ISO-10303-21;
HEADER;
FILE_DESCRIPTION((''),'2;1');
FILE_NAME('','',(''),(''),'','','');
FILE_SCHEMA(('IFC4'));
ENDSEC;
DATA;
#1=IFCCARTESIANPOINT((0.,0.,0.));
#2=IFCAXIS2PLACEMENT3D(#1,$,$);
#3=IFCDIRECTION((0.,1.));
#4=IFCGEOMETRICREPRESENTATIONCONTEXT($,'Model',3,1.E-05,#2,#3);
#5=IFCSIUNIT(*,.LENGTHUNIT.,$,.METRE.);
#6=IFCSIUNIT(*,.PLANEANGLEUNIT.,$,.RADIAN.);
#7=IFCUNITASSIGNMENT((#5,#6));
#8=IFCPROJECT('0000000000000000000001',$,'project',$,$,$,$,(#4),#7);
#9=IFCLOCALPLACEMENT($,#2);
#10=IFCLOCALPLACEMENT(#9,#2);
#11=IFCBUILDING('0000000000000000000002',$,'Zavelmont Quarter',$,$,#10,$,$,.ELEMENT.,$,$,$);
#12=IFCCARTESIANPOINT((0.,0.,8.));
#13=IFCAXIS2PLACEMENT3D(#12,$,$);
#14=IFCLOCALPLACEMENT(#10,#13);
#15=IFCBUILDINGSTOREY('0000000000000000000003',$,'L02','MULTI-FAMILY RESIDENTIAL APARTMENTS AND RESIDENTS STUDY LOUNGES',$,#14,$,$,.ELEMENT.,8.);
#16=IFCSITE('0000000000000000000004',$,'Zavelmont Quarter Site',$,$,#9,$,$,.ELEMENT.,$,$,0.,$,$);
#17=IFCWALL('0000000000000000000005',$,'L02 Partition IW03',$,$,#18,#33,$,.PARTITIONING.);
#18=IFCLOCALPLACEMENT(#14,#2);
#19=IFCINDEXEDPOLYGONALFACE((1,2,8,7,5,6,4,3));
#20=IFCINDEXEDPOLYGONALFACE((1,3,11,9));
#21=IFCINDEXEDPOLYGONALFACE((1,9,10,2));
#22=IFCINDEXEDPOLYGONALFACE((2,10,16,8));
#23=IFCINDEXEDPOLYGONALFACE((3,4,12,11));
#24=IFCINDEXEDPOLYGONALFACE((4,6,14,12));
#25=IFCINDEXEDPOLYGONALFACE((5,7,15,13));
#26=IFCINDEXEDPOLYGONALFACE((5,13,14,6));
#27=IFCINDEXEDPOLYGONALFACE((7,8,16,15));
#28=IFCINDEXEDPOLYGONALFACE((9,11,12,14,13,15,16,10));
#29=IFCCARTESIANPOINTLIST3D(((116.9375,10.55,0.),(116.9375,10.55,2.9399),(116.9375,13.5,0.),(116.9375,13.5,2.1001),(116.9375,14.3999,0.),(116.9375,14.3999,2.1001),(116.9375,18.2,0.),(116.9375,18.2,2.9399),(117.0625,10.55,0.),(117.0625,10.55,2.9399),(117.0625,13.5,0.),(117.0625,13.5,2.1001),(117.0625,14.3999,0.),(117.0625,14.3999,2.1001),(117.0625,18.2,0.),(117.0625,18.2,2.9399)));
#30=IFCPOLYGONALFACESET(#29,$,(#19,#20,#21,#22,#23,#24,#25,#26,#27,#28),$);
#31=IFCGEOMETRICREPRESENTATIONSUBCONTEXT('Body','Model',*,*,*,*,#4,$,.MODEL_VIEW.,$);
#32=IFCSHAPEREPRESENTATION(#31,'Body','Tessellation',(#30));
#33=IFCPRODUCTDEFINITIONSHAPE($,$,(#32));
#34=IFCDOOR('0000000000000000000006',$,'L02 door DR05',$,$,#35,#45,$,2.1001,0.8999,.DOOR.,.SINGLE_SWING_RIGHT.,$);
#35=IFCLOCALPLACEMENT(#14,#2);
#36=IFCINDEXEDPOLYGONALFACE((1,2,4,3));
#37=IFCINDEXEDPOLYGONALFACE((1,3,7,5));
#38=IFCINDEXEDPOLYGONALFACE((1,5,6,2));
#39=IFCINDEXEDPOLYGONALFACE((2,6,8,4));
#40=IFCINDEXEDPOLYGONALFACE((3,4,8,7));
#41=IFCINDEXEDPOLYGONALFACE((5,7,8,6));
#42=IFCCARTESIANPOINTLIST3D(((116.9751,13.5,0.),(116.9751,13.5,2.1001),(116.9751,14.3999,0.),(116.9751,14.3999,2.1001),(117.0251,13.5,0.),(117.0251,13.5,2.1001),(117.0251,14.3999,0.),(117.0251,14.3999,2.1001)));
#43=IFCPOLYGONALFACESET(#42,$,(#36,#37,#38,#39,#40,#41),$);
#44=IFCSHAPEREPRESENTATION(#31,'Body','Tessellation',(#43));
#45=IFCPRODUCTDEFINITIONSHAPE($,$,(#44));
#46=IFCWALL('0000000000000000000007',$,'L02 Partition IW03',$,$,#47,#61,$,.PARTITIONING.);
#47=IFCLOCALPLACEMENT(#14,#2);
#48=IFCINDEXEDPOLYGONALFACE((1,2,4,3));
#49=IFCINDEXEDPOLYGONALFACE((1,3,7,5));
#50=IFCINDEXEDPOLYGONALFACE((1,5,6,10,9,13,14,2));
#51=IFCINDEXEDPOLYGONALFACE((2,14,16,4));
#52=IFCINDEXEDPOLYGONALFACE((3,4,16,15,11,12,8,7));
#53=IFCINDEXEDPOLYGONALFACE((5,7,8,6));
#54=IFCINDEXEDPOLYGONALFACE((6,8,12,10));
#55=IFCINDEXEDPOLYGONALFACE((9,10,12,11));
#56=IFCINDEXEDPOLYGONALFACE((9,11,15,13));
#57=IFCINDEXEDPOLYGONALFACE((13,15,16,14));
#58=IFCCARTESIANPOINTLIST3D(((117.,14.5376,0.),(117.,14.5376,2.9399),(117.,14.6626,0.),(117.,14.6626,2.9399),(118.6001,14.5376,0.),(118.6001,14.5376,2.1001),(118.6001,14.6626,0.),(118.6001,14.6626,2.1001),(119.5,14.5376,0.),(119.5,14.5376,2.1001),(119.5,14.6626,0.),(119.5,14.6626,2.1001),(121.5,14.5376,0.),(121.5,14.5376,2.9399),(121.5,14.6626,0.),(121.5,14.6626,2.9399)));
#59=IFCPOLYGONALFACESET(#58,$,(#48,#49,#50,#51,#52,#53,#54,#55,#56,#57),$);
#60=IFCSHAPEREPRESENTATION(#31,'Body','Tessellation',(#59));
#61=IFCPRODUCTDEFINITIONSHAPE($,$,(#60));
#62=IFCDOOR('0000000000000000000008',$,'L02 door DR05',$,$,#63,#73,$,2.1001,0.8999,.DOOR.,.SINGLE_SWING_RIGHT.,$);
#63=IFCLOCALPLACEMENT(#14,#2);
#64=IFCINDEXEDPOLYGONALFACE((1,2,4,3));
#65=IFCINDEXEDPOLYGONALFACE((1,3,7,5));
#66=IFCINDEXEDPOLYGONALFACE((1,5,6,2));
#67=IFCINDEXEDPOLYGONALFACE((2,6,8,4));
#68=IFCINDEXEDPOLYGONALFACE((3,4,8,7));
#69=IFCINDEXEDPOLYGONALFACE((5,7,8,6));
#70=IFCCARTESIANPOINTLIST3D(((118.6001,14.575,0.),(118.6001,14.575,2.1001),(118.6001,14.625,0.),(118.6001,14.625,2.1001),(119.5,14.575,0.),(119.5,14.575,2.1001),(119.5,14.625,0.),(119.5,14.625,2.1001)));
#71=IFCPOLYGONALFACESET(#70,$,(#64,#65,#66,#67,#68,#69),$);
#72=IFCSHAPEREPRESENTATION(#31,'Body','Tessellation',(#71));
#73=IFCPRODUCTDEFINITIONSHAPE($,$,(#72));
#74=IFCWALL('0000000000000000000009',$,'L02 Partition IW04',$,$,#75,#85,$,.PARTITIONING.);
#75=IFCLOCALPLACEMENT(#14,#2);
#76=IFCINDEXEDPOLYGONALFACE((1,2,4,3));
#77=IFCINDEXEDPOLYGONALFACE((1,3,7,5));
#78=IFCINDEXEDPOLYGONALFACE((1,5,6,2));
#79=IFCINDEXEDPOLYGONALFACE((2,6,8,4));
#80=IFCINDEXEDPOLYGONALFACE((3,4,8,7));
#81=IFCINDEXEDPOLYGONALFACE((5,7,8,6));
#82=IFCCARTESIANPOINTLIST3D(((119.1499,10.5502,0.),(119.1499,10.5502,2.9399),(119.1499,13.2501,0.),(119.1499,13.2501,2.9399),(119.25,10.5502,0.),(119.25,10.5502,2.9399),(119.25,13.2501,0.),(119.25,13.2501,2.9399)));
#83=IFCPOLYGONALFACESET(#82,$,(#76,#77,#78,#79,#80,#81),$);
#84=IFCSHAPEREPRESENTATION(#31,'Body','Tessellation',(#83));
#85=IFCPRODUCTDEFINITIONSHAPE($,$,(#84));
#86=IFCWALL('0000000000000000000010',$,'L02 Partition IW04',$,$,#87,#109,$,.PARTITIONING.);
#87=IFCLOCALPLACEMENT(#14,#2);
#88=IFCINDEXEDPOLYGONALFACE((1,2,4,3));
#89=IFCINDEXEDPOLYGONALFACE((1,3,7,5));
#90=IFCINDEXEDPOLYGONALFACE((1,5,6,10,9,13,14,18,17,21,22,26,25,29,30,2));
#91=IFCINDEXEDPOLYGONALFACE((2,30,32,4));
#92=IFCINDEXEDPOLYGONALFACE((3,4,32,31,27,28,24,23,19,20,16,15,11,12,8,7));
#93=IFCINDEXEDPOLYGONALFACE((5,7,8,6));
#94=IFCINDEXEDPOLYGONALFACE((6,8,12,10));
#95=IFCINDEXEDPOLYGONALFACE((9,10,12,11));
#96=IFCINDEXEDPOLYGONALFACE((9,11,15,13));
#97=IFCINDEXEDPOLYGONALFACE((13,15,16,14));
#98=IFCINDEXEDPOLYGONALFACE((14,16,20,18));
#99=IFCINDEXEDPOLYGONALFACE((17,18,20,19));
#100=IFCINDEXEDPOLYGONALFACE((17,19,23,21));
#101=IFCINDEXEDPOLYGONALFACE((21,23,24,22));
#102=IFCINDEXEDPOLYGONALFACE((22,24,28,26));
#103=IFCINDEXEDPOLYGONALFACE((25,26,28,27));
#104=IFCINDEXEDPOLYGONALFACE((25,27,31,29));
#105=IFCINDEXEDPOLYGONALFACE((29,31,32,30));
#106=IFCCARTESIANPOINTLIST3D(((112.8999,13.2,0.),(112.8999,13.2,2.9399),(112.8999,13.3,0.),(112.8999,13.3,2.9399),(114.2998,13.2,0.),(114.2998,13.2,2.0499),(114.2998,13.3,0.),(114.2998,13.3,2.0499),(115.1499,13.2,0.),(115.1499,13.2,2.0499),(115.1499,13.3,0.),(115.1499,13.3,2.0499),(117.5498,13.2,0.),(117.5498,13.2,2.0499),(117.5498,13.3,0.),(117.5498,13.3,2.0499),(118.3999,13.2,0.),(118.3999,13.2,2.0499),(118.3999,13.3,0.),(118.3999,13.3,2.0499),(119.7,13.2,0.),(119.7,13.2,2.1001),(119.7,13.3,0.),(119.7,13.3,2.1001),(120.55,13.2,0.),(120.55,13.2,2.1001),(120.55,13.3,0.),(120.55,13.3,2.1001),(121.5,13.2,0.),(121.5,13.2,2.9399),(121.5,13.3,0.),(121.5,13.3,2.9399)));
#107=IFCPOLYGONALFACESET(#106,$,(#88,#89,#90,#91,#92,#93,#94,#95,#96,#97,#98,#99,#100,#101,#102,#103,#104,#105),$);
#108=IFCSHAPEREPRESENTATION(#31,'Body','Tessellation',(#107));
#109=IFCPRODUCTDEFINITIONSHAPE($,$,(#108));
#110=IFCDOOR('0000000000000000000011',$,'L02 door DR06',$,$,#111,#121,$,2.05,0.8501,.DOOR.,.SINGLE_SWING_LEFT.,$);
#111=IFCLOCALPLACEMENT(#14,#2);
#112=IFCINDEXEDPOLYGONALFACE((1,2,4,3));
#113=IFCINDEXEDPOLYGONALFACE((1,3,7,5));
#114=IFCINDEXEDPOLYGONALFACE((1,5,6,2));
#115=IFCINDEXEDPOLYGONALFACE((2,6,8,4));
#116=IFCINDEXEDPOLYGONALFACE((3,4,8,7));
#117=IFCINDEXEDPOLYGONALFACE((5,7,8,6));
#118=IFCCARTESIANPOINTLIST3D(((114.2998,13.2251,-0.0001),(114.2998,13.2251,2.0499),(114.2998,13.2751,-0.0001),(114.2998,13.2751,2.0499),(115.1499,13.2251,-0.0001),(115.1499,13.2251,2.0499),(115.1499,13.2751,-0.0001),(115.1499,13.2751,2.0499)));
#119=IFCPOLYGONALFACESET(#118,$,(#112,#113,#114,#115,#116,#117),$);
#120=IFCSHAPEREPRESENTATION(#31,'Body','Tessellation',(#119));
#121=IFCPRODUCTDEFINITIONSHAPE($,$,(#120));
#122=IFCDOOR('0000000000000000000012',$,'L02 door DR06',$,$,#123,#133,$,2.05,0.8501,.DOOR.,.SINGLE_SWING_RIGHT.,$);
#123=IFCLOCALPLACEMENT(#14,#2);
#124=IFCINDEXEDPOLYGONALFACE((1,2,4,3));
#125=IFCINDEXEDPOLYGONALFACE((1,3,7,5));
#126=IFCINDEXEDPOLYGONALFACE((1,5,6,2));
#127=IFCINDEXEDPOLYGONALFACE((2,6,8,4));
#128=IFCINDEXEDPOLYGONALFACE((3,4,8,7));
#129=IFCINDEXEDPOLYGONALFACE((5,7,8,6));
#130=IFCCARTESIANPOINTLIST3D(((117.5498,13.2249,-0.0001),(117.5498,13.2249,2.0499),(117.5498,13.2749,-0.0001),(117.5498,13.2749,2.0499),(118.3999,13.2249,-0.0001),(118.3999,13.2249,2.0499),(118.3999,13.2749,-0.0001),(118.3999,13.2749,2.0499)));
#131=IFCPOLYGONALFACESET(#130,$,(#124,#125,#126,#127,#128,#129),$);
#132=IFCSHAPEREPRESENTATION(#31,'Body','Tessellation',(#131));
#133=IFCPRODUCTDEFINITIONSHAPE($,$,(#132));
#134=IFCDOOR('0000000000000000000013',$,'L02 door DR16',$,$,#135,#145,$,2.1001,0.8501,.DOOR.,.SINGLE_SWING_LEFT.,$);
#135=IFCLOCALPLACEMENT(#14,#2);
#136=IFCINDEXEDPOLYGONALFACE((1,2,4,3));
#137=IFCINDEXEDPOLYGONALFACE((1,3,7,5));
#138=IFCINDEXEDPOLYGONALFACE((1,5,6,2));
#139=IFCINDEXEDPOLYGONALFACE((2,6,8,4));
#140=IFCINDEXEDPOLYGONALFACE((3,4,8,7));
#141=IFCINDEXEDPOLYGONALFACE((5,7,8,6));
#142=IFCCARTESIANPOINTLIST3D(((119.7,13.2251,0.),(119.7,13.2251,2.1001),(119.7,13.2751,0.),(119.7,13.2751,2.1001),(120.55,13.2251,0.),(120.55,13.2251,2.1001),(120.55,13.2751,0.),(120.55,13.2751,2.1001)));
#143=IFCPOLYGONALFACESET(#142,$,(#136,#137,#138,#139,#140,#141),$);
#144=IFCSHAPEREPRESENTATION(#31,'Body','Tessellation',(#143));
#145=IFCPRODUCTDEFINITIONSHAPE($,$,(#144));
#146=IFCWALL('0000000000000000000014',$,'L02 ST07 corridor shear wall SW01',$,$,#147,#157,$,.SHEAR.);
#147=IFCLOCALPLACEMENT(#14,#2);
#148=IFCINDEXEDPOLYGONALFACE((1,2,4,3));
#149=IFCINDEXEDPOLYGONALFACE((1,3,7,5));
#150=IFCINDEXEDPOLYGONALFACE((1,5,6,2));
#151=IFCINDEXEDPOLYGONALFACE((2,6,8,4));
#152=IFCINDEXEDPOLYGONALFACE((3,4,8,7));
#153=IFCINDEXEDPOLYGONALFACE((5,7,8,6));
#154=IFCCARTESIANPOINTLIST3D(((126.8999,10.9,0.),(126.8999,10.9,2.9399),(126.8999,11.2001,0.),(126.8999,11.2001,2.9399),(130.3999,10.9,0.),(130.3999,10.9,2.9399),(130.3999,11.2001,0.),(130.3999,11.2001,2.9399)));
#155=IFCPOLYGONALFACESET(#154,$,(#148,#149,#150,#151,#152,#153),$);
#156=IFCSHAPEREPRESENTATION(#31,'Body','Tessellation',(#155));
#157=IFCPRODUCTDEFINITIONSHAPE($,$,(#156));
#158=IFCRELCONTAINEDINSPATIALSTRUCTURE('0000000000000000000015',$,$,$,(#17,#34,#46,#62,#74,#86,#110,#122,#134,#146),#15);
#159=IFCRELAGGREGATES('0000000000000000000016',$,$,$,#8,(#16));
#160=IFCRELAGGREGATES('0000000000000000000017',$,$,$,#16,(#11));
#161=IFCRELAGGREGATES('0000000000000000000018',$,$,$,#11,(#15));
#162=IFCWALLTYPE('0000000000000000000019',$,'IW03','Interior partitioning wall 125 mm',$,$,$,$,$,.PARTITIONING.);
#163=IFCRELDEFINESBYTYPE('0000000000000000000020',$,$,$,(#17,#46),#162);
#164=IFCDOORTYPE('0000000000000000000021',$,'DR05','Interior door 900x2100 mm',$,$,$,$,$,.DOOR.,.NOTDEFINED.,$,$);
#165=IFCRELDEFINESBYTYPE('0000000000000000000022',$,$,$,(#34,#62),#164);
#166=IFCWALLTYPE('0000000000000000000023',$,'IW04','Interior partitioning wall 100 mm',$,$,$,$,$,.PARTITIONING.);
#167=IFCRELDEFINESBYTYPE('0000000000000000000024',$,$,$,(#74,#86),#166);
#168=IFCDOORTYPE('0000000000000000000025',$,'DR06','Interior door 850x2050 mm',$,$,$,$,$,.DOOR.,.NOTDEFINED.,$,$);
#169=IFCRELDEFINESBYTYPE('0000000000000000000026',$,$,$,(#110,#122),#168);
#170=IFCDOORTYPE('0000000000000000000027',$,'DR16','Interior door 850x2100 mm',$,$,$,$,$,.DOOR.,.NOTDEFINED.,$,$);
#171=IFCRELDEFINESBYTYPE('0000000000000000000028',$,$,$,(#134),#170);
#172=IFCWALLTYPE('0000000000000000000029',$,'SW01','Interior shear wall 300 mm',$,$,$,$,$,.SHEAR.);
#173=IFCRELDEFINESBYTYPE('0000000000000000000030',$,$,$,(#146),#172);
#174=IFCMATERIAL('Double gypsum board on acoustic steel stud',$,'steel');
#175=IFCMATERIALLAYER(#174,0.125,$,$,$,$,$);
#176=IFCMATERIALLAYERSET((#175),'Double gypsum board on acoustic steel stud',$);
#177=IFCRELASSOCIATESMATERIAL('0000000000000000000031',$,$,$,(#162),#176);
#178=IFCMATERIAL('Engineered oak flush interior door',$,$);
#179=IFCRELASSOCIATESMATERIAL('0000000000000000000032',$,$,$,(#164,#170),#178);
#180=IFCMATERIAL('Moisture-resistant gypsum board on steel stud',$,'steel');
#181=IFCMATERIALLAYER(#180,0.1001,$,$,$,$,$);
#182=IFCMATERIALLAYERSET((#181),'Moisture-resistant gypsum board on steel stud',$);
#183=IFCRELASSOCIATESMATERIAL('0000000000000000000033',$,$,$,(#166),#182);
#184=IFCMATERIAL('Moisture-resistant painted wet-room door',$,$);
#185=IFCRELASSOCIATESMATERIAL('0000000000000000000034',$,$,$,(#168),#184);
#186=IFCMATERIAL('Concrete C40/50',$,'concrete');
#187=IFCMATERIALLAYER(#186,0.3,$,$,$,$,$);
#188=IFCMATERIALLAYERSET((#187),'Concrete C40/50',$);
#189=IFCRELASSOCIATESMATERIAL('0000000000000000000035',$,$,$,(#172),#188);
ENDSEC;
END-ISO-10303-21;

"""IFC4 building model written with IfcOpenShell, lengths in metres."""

from ifc_helpers import new_model, si_unit, direction, frame, frame_2d, origin, origin_with_axes, place, context, subcontext, project, spatial, rectangle, extrude, material, layer, layer_set, type_object, element, fill, save


model = new_model("IFC4")

# Units and contexts
model_context = context("Model", 3, precision=1e-05, world=origin(), true_north=direction((0.0, 1.0)))
body_context = subcontext(model_context, "Body", "Model", "MODEL_VIEW")
ifc_project = project(units=[si_unit("LENGTHUNIT", "METRE"), si_unit("PLANEANGLEUNIT", "RADIAN")], contexts=[model_context])

# Site, building, storey
site_placement = place(None, origin())
site = spatial("IfcSite", under=ifc_project, at=site_placement, Name="Zavelmont Quarter Site", CompositionType="ELEMENT", RefElevation=0.0)
building_placement = place(site_placement, origin())
building = spatial("IfcBuilding", under=site, at=building_placement, Name="Zavelmont Quarter", CompositionType="ELEMENT")
storey_placement = place(building_placement, frame((0.0, 0.0, 8.0)))
storey = spatial("IfcBuildingStorey", under=building, at=storey_placement, Name="L02", Description="MULTI-FAMILY RESIDENTIAL APARTMENTS AND RESIDENTS STUDY LOUNGES", CompositionType="ELEMENT", Elevation=8.0)

# Shared definitions
ifc_material_1 = material(Name="Concrete C40/50", Category="concrete")

# Walls, openings, doors
ifc_material_2 = material(Name="Double gypsum board on acoustic steel stud", Category="steel")
ifc_layer_1 = layer(ifc_material_2, 0.125)
ifc_layer_set_1 = layer_set([ifc_layer_1], Name="Double gypsum board on acoustic steel stud")
wall_type_1 = type_object("IfcWallType", Name="IW03", Description="Interior partitioning wall 125 mm", PredefinedType="PARTITIONING", material=ifc_layer_set_1)
ifc_material_3 = material(Name="Engineered oak flush interior door")
door_type_1 = type_object("IfcDoorType", Name="DR05", Description="Interior door 900x2100 mm", OperationType="NOTDEFINED", PredefinedType="DOOR", material=ifc_material_3)
wall_1_placement = place(storey_placement, frame((117.0, 10.55, 0.0), z_axis=(0.0, 0.0, 1.0), x_axis=(0.0, 1.0, 0.0)))
wall_1 = element("IfcWall", 1, at=wall_1_placement, inside=storey, type_object=wall_type_1, Name="L02 Partition IW03", PredefinedType="PARTITIONING", context=body_context, shape_type="SweptSolid", body=[
    extrude(rectangle(XDim=7.6499, YDim=0.125, at=frame_2d((3.825, 0.0))), origin(), (0.0, 0.0, 1.0), 2.9399),
])
opening_1_placement = place(wall_1_placement, frame((2.95, 0.0, 0.0)))
opening_1 = element("IfcOpeningElement", 2, at=opening_1_placement, cuts=wall_1, PredefinedType="OPENING", context=body_context, shape_type="SweptSolid", body=[
    extrude(rectangle(XDim=0.8999, YDim=2.1001, at=frame_2d((0.45, 1.05))), frame((0.0, 0.0745, 0.0), z_axis=(0.0, -1.0, 0.0), x_axis=(1.0, 0.0, 0.0)), (0.0, 0.0, 1.0), 0.1489),
])
door_1_placement = place(opening_1_placement, origin_with_axes())
door_1 = element("IfcDoor", 3, at=door_1_placement, inside=storey, type_object=door_type_1, Name="L02 door DR05", OperationType="SINGLE_SWING_RIGHT", OverallHeight=2.1001, OverallWidth=0.8999, PredefinedType="DOOR", context=body_context, shape_type="SweptSolid", body=[
    extrude(rectangle(XDim=0.8999, YDim=2.1001, at=frame_2d((0.45, 1.05))), frame((0.0, 0.0249, 0.0), z_axis=(0.0, -1.0, 0.0), x_axis=(1.0, 0.0, 0.0)), (0.0, 0.0, 1.0), 0.05),
])
fill(opening_1, door_1)
wall_2_placement = place(storey_placement, frame((117.0, 14.6001, 0.0), z_axis=(0.0, 0.0, 1.0), x_axis=(1.0, 0.0, 0.0)))
wall_2 = element("IfcWall", 4, at=wall_2_placement, inside=storey, type_object=wall_type_1, Name="L02 Partition IW03", PredefinedType="PARTITIONING", context=body_context, shape_type="SweptSolid", body=[
    extrude(rectangle(XDim=4.5, YDim=0.125, at=frame_2d((2.25, 0.0))), origin(), (0.0, 0.0, 1.0), 2.9399),
])
opening_2_placement = place(wall_2_placement, frame((1.6001, 0.0, 0.0)))
opening_2 = element("IfcOpeningElement", 5, at=opening_2_placement, cuts=wall_2, PredefinedType="OPENING", context=body_context, shape_type="SweptSolid", body=[
    extrude(rectangle(XDim=0.8999, YDim=2.1001, at=frame_2d((0.45, 1.05))), frame((0.0, 0.0745, 0.0), z_axis=(0.0, -1.0, 0.0), x_axis=(1.0, 0.0, 0.0)), (0.0, 0.0, 1.0), 0.1489),
])
door_2_placement = place(opening_2_placement, origin_with_axes())
door_2 = element("IfcDoor", 6, at=door_2_placement, inside=storey, type_object=door_type_1, Name="L02 door DR05", OperationType="SINGLE_SWING_RIGHT", OverallHeight=2.1001, OverallWidth=0.8999, PredefinedType="DOOR", context=body_context, shape_type="SweptSolid", body=[
    extrude(rectangle(XDim=0.8999, YDim=2.1001, at=frame_2d((0.45, 1.05))), frame((0.0, 0.0249, 0.0), z_axis=(0.0, -1.0, 0.0), x_axis=(1.0, 0.0, 0.0)), (0.0, 0.0, 1.0), 0.05),
])
fill(opening_2, door_2)

# Wall
ifc_material_4 = material(Name="Moisture-resistant gypsum board on steel stud", Category="steel")
ifc_layer_2 = layer(ifc_material_4, 0.1001)
ifc_layer_set_2 = layer_set([ifc_layer_2], Name="Moisture-resistant gypsum board on steel stud")
wall_type_2 = type_object("IfcWallType", Name="IW04", Description="Interior partitioning wall 100 mm", PredefinedType="PARTITIONING", material=ifc_layer_set_2)
wall_3_placement = place(storey_placement, frame((119.2, 10.55, 0.0), z_axis=(0.0, 0.0, 1.0), x_axis=(0.0, 1.0, 0.0)))
element("IfcWall", 7, at=wall_3_placement, inside=storey, type_object=wall_type_2, Name="L02 Partition IW04", PredefinedType="PARTITIONING", context=body_context, shape_type="SweptSolid", body=[
    extrude(rectangle(XDim=2.7, YDim=0.1001, at=frame_2d((1.3501, 0.0))), origin(), (0.0, 0.0, 1.0), 2.9399),
])

# Wall, openings, doors
wall_4_placement = place(storey_placement, frame((112.8999, 13.25, 0.0), z_axis=(0.0, 0.0, 1.0), x_axis=(1.0, 0.0, 0.0)))
wall_4 = element("IfcWall", 8, at=wall_4_placement, inside=storey, type_object=wall_type_2, Name="L02 Partition IW04", PredefinedType="PARTITIONING", context=body_context, shape_type="SweptSolid", body=[
    extrude(rectangle(XDim=8.6001, YDim=0.1001, at=frame_2d((4.3, 0.0))), origin(), (0.0, 0.0, 1.0), 2.9399),
])
opening_3_placement = place(wall_4_placement, frame((1.3999, 0.0, 0.0)))
opening_3 = element("IfcOpeningElement", 9, at=opening_3_placement, cuts=wall_4, PredefinedType="OPENING", context=body_context, shape_type="SweptSolid", body=[
    extrude(rectangle(XDim=0.8501, YDim=2.05, at=frame_2d((0.425, 1.0249))), frame((0.0, 0.062, 0.0), z_axis=(0.0, -1.0, 0.0), x_axis=(1.0, 0.0, 0.0)), (0.0, 0.0, 1.0), 0.124),
])
opening_4_placement = place(wall_4_placement, frame((4.6499, 0.0, 0.0)))
opening_4 = element("IfcOpeningElement", 10, at=opening_4_placement, cuts=wall_4, PredefinedType="OPENING", context=body_context, shape_type="SweptSolid", body=[
    extrude(rectangle(XDim=0.8501, YDim=2.05, at=frame_2d((0.425, 1.0249))), frame((0.0, 0.062, 0.0), z_axis=(0.0, -1.0, 0.0), x_axis=(1.0, 0.0, 0.0)), (0.0, 0.0, 1.0), 0.124),
])
opening_5_placement = place(wall_4_placement, frame((6.8, 0.0, 0.0)))
opening_5 = element("IfcOpeningElement", 11, at=opening_5_placement, cuts=wall_4, PredefinedType="OPENING", context=body_context, shape_type="SweptSolid", body=[
    extrude(rectangle(XDim=0.8501, YDim=2.1001, at=frame_2d((0.425, 1.05))), frame((0.0, 0.062, 0.0), z_axis=(0.0, -1.0, 0.0), x_axis=(1.0, 0.0, 0.0)), (0.0, 0.0, 1.0), 0.124),
])
ifc_material_5 = material(Name="Moisture-resistant painted wet-room door")
door_type_2 = type_object("IfcDoorType", Name="DR06", Description="Interior door 850x2050 mm", OperationType="NOTDEFINED", PredefinedType="DOOR", material=ifc_material_5)
door_3_placement = place(opening_3_placement, frame((0.8501, 0.0, 0.0), z_axis=(0.0, 0.0, 1.0), x_axis=(-1.0, 0.0, 0.0)))
door_3 = element("IfcDoor", 12, at=door_3_placement, inside=storey, type_object=door_type_2, Name="L02 door DR06", OperationType="SINGLE_SWING_LEFT", OverallHeight=2.05, OverallWidth=0.8501, PredefinedType="DOOR", context=body_context, shape_type="SweptSolid", body=[
    extrude(rectangle(XDim=0.8501, YDim=2.05, at=frame_2d((0.425, 1.0249))), frame((0.0, 0.0249, 0.0), z_axis=(0.0, -1.0, 0.0), x_axis=(1.0, 0.0, 0.0)), (0.0, 0.0, 1.0), 0.05),
])
fill(opening_3, door_3)
door_4_placement = place(opening_4_placement, origin_with_axes())
door_4 = element("IfcDoor", 13, at=door_4_placement, inside=storey, type_object=door_type_2, Name="L02 door DR06", OperationType="SINGLE_SWING_RIGHT", OverallHeight=2.05, OverallWidth=0.8501, PredefinedType="DOOR", context=body_context, shape_type="SweptSolid", body=[
    extrude(rectangle(XDim=0.8501, YDim=2.05, at=frame_2d((0.425, 1.0249))), frame((0.0, 0.0249, 0.0), z_axis=(0.0, -1.0, 0.0), x_axis=(1.0, 0.0, 0.0)), (0.0, 0.0, 1.0), 0.05),
])
fill(opening_4, door_4)
door_type_3 = type_object("IfcDoorType", Name="DR16", Description="Interior door 850x2100 mm", OperationType="NOTDEFINED", PredefinedType="DOOR", material=ifc_material_3)
door_5_placement = place(opening_5_placement, frame((0.8501, 0.0, 0.0), z_axis=(0.0, 0.0, 1.0), x_axis=(-1.0, 0.0, 0.0)))
door_5 = element("IfcDoor", 14, at=door_5_placement, inside=storey, type_object=door_type_3, Name="L02 door DR16", OperationType="SINGLE_SWING_LEFT", OverallHeight=2.1001, OverallWidth=0.8501, PredefinedType="DOOR", context=body_context, shape_type="SweptSolid", body=[
    extrude(rectangle(XDim=0.8501, YDim=2.1001, at=frame_2d((0.425, 1.05))), frame((0.0, 0.0249, 0.0), z_axis=(0.0, -1.0, 0.0), x_axis=(1.0, 0.0, 0.0)), (0.0, 0.0, 1.0), 0.05),
])
fill(opening_5, door_5)

# Wall
ifc_layer_3 = layer(ifc_material_1, 0.3)
ifc_layer_set_3 = layer_set([ifc_layer_3], Name="Concrete C40/50")
wall_type_3 = type_object("IfcWallType", Name="SW01", Description="Interior shear wall 300 mm", PredefinedType="SHEAR", material=ifc_layer_set_3)
wall_5_placement = place(storey_placement, frame((126.8999, 11.05, 0.0), z_axis=(0.0, 0.0, 1.0), x_axis=(1.0, 0.0, 0.0)))
element("IfcWall", 15, at=wall_5_placement, inside=storey, type_object=wall_type_3, Name="L02 ST07 corridor shear wall SW01", PredefinedType="SHEAR", context=body_context, shape_type="SweptSolid", body=[
    extrude(rectangle(XDim=3.5, YDim=0.3, at=frame_2d((1.75, 0.0))), origin(), (0.0, 0.0, 1.0), 2.9399),
])

save(model, "model.ifc")
